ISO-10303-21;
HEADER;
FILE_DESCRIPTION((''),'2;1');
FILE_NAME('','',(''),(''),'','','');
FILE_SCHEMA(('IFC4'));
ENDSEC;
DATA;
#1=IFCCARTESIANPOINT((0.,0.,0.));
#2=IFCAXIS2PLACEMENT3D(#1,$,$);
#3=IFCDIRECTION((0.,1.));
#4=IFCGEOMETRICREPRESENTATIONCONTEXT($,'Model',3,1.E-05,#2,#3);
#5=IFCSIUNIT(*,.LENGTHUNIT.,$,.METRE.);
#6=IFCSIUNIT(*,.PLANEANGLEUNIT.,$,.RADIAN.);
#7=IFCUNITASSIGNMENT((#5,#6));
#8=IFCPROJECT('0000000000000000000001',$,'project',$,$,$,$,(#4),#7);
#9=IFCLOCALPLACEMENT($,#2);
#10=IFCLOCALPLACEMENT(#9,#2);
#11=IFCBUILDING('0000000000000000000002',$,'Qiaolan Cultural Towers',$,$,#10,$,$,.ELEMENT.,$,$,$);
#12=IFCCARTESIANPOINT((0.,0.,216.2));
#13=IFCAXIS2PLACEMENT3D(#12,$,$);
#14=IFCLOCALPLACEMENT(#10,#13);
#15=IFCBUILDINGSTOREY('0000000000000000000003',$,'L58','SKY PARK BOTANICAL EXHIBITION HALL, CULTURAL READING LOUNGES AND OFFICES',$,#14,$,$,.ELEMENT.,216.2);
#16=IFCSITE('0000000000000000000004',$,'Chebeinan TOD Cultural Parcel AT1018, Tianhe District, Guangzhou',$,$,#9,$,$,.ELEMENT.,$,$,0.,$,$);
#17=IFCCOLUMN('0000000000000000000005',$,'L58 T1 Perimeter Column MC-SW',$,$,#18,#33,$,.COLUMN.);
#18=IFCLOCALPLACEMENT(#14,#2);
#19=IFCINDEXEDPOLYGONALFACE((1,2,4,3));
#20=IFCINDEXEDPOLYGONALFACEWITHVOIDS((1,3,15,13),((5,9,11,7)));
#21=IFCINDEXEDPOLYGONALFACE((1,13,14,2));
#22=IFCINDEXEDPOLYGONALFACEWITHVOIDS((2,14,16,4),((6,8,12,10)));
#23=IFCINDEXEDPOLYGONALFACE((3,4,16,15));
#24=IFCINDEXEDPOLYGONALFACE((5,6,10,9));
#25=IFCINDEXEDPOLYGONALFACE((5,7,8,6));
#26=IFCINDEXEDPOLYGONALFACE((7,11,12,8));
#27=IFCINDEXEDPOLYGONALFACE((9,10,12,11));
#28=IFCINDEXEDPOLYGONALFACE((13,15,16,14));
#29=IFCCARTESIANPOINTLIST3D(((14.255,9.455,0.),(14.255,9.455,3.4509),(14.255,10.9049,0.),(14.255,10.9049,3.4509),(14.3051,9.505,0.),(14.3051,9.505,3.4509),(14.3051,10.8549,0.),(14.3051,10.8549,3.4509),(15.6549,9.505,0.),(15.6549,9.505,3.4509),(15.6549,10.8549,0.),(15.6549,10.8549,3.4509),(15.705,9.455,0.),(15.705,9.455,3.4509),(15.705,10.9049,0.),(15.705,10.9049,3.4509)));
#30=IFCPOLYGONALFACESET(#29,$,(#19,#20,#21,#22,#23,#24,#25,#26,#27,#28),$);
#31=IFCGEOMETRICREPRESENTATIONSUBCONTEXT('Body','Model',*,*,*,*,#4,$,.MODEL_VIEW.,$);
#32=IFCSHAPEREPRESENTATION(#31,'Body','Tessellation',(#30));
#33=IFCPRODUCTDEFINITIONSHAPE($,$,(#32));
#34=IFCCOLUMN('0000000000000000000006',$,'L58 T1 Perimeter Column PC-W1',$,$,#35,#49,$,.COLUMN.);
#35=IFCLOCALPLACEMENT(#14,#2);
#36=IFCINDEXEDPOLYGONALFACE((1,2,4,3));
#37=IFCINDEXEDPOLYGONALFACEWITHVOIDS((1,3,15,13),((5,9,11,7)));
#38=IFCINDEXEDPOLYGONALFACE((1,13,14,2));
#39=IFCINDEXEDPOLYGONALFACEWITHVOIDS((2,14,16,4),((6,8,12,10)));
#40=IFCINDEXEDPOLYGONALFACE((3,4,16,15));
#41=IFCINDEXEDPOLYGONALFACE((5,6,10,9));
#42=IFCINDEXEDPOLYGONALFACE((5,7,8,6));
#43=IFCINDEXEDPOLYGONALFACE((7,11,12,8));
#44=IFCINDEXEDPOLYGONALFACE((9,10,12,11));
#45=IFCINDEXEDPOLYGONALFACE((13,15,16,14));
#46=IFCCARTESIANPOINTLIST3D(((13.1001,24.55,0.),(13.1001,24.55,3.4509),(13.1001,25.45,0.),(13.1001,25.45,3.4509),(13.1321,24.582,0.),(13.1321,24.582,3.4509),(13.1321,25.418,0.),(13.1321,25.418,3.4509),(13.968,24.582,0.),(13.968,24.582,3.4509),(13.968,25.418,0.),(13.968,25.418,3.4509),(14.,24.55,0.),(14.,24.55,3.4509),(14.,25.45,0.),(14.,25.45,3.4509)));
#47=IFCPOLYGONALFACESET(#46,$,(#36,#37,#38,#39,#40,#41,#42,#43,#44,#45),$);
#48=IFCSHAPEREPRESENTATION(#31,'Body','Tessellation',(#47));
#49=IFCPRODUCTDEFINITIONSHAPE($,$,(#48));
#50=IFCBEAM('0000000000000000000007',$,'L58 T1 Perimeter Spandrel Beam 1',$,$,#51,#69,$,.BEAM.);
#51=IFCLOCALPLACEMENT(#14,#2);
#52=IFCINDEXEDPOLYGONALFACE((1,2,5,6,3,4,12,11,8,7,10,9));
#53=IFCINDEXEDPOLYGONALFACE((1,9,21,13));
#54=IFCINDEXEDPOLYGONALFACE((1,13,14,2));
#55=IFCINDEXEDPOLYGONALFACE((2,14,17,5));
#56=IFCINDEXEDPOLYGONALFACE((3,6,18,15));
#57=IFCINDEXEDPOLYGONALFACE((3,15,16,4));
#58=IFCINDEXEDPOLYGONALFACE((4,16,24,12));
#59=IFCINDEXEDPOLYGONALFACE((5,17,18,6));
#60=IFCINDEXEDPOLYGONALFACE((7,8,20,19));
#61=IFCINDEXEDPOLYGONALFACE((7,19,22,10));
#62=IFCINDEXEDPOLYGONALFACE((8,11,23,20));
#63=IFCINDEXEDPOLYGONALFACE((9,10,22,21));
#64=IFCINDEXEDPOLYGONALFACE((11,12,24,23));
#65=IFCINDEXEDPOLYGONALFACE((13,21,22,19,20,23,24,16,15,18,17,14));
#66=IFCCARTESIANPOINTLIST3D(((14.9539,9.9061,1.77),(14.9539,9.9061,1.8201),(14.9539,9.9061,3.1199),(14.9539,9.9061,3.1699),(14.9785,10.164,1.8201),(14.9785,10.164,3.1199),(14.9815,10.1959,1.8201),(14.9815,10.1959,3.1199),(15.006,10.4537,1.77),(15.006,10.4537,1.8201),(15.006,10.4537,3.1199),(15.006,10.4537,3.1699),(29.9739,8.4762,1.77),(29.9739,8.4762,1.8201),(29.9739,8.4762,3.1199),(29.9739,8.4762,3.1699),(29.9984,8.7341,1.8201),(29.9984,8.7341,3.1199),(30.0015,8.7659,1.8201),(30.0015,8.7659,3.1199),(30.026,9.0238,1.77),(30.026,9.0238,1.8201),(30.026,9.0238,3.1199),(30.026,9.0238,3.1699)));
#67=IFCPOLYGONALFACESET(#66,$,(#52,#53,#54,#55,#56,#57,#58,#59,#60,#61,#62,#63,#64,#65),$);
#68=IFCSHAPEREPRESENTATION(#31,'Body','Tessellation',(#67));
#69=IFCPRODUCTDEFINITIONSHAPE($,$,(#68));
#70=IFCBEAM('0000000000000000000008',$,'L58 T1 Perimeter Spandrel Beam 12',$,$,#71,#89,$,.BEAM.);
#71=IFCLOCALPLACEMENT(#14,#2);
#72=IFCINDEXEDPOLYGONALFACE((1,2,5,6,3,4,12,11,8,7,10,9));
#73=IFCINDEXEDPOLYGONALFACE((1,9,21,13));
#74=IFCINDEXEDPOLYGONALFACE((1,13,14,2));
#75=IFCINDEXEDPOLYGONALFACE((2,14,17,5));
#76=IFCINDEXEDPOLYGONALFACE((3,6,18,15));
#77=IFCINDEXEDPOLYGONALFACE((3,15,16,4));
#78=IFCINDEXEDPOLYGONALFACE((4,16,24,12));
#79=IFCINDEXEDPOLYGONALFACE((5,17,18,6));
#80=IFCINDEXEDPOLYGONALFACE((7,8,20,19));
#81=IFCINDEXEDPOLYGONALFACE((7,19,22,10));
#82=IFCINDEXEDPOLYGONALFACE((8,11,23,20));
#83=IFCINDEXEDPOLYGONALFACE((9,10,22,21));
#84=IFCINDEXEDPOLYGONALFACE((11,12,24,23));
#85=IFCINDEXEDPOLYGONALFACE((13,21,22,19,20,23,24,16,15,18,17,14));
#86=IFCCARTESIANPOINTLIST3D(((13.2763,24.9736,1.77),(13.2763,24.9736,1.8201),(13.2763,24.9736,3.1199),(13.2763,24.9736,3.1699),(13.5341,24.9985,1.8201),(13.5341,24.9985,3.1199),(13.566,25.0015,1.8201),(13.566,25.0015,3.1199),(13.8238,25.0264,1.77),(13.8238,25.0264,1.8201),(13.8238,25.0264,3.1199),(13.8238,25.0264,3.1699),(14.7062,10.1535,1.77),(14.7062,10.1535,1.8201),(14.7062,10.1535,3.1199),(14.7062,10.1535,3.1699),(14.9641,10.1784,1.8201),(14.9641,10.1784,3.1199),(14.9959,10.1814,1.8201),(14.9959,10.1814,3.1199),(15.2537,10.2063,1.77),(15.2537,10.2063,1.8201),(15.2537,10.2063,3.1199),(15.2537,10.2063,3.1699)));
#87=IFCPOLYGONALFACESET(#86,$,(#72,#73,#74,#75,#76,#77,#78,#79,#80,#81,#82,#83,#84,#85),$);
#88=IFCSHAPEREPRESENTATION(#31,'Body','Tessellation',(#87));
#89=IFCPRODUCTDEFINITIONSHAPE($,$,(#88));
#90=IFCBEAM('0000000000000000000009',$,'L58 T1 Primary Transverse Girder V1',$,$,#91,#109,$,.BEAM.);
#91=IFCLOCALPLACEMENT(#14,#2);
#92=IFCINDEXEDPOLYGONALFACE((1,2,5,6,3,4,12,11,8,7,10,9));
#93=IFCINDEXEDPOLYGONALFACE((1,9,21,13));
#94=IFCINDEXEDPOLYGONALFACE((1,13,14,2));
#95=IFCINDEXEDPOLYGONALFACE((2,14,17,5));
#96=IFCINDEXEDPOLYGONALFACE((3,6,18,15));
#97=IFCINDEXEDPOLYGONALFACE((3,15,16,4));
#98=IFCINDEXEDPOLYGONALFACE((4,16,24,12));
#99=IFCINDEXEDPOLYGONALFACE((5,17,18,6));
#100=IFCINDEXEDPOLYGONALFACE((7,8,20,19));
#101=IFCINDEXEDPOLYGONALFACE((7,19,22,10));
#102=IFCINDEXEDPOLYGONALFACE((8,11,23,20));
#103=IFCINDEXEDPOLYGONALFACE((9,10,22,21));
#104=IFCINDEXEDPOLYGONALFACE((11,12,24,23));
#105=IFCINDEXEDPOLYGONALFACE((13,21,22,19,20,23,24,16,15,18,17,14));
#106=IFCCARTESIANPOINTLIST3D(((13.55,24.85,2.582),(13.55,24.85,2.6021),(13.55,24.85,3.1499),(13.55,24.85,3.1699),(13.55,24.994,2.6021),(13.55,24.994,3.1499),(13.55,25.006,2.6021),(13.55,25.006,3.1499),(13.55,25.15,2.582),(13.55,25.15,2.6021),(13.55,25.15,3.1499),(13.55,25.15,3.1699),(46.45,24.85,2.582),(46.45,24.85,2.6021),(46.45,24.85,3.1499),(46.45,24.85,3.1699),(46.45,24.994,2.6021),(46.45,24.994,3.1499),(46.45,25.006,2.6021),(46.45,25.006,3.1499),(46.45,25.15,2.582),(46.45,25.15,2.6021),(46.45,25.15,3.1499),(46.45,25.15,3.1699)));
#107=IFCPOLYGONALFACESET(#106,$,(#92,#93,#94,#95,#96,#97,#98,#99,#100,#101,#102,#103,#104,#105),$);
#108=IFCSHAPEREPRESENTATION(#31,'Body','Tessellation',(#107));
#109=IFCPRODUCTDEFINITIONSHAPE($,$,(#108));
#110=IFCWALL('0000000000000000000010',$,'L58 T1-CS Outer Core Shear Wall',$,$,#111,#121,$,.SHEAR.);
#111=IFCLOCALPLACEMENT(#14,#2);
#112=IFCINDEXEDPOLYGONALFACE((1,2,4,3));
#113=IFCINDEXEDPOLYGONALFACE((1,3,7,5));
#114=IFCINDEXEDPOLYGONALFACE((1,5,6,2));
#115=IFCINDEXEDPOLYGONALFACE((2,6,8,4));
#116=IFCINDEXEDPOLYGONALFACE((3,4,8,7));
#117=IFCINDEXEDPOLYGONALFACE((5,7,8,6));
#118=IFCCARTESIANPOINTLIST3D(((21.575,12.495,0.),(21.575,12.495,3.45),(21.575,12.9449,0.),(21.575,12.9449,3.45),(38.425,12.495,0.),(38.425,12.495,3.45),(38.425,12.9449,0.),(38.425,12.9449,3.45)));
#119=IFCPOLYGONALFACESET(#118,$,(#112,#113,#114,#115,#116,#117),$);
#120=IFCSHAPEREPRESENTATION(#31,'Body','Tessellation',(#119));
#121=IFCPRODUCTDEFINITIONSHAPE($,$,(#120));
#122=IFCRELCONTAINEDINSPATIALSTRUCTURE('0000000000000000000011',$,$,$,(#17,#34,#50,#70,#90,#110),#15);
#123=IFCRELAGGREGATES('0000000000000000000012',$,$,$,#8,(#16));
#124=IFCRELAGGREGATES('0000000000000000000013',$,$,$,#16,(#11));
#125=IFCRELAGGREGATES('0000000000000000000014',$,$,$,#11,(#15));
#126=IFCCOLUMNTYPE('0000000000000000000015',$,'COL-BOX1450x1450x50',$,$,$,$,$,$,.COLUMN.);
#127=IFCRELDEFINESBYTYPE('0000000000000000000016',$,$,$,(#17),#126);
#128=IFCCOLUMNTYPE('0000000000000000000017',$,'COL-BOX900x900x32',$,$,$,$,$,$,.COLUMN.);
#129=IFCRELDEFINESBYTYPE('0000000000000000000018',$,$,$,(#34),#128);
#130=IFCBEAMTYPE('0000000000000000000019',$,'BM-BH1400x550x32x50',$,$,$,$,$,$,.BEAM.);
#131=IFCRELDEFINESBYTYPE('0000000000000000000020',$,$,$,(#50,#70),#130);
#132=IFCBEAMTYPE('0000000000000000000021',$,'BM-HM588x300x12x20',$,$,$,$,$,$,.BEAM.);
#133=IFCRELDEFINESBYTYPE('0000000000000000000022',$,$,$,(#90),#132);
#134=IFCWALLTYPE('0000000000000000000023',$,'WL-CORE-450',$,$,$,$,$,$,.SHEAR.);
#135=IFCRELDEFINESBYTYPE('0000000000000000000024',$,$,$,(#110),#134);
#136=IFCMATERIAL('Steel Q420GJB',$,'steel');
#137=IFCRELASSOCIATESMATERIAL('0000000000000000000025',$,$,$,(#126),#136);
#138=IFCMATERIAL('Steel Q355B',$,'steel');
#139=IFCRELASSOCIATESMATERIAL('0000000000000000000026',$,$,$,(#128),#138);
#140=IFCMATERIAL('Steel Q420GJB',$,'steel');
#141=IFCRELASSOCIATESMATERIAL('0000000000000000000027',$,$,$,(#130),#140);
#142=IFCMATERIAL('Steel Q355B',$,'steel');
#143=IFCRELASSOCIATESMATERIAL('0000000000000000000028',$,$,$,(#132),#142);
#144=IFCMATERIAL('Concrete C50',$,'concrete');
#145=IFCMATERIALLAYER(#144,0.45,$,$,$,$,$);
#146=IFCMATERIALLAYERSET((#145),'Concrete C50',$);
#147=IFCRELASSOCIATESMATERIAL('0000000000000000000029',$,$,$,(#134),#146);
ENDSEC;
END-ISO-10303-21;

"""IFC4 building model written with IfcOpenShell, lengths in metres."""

from ifc_helpers import new_model, si_unit, direction, frame, frame_2d, origin, origin_2d, place, context, subcontext, project, spatial, rectangle, hollow_rectangle, i_section, extrude, material, layer, layer_set, material_profile, profile_set, type_object, element, save


model = new_model("IFC4")

# Units and contexts
model_context = context("Model", 3, precision=1e-05, world=origin(), true_north=direction((0.0, 1.0)))
body_context = subcontext(model_context, "Body", "Model", "MODEL_VIEW")
ifc_project = project(units=[si_unit("LENGTHUNIT", "METRE"), si_unit("PLANEANGLEUNIT", "RADIAN")], contexts=[model_context])

# Site, building, storey
site_placement = place(None, origin())
site = spatial("IfcSite", under=ifc_project, at=site_placement, Name="Chebeinan TOD Cultural Parcel AT1018, Tianhe District, Guangzhou", CompositionType="ELEMENT", RefElevation=0.0)
building_placement = place(site_placement, origin())
building = spatial("IfcBuilding", under=site, at=building_placement, Name="Qiaolan Cultural Towers", CompositionType="ELEMENT")
storey_placement = place(building_placement, frame((0.0, 0.0, 216.2)))
storey = spatial("IfcBuildingStorey", under=building, at=storey_placement, Name="L58", Description="SKY PARK BOTANICAL EXHIBITION HALL, CULTURAL READING LOUNGES AND OFFICES", CompositionType="ELEMENT", Elevation=216.2)

# Columns
ifc_material_1 = material(Name="Steel Q420GJB", Category="steel")
ifc_material_profile_1 = material_profile(ifc_material_1, hollow_rectangle(XDim=1.45, YDim=1.45, WallThickness=0.05, at=origin_2d()), Name="BOX1450x1450x50")
ifc_profile_set_1 = profile_set([ifc_material_profile_1], Name="Steel Q420GJB")
column_type_1 = type_object("IfcColumnType", Name="COL-BOX1450x1450x50", PredefinedType="COLUMN", material=ifc_profile_set_1)
column_1_placement = place(storey_placement, frame((14.98, 10.1799, 0.0), z_axis=(0.0, 0.0, 1.0), x_axis=(1.0, 0.0, 0.0)))
element("IfcColumn", 1, at=column_1_placement, inside=storey, type_object=column_type_1, Name="L58 T1 Perimeter Column MC-SW", PredefinedType="COLUMN", context=body_context, shape_type="SweptSolid", body=[
    extrude(hollow_rectangle(XDim=1.45, YDim=1.45, WallThickness=0.05, at=origin_2d()), origin(), (0.0, 0.0, 1.0), 3.4509),
])
ifc_material_2 = material(Name="Steel Q355B", Category="steel")
ifc_material_profile_2 = material_profile(ifc_material_2, hollow_rectangle(XDim=0.8999, YDim=0.8999, WallThickness=0.032, at=origin_2d()), Name="BOX900x900x32")
ifc_profile_set_2 = profile_set([ifc_material_profile_2], Name="Steel Q355B")
column_type_2 = type_object("IfcColumnType", Name="COL-BOX900x900x32", PredefinedType="COLUMN", material=ifc_profile_set_2)
column_2_placement = place(storey_placement, frame((13.55, 25.0, 0.0), z_axis=(0.0, 0.0, 1.0), x_axis=(1.0, 0.0, 0.0)))
element("IfcColumn", 2, at=column_2_placement, inside=storey, type_object=column_type_2, Name="L58 T1 Perimeter Column PC-W1", PredefinedType="COLUMN", context=body_context, shape_type="SweptSolid", body=[
    extrude(hollow_rectangle(XDim=0.8999, YDim=0.8999, WallThickness=0.032, at=origin_2d()), origin(), (0.0, 0.0, 1.0), 3.4509),
])

# Beams
ifc_material_3 = material(Name="Steel Q420GJB", Category="steel")
ifc_material_profile_3 = material_profile(ifc_material_3, i_section(OverallWidth=0.55, OverallDepth=1.3999, WebThickness=0.032, FlangeThickness=0.05, at=origin_2d()), Name="BH1400x550x32x50")
ifc_profile_set_3 = profile_set([ifc_material_profile_3], Name="Steel Q420GJB")
beam_type_1 = type_object("IfcBeamType", Name="BM-BH1400x550x32x50", PredefinedType="BEAM", material=ifc_profile_set_3)
beam_1_placement = place(storey_placement, frame((14.98, 10.1799, 2.47), z_axis=(0.995499, -0.094773, 0.0), x_axis=(0.094773, 0.995499, 0.0)))
element("IfcBeam", 3, at=beam_1_placement, inside=storey, type_object=beam_type_1, Name="L58 T1 Perimeter Spandrel Beam 1", PredefinedType="BEAM", context=body_context, shape_type="SweptSolid", body=[
    extrude(i_section(OverallWidth=0.55, OverallDepth=1.3999, WebThickness=0.032, FlangeThickness=0.05, at=origin_2d()), origin(), (0.0, 0.0, 1.0), 15.0879),
])
beam_2_placement = place(storey_placement, frame((13.55, 25.0, 2.47), z_axis=(0.09604, -0.995377, 0.0), x_axis=(0.995377, 0.09604, 0.0)))
element("IfcBeam", 4, at=beam_2_placement, inside=storey, type_object=beam_type_1, Name="L58 T1 Perimeter Spandrel Beam 12", PredefinedType="BEAM", context=body_context, shape_type="SweptSolid", body=[
    extrude(i_section(OverallWidth=0.55, OverallDepth=1.3999, WebThickness=0.032, FlangeThickness=0.05, at=origin_2d()), origin(), (0.0, 0.0, 1.0), 14.8889),
])
ifc_material_4 = material(Name="Steel Q355B", Category="steel")
ifc_material_profile_4 = material_profile(ifc_material_4, i_section(OverallWidth=0.3, OverallDepth=0.5879, WebThickness=0.012, FlangeThickness=0.02, at=origin_2d()), Name="HM588x300x12x20")
ifc_profile_set_4 = profile_set([ifc_material_profile_4], Name="Steel Q355B")
beam_type_2 = type_object("IfcBeamType", Name="BM-HM588x300x12x20", PredefinedType="BEAM", material=ifc_profile_set_4)
beam_3_placement = place(storey_placement, frame((13.55, 25.0, 2.876), z_axis=(1.0, 0.0, 0.0), x_axis=(0.0, 1.0, 0.0)))
element("IfcBeam", 5, at=beam_3_placement, inside=storey, type_object=beam_type_2, Name="L58 T1 Primary Transverse Girder V1", PredefinedType="BEAM", context=body_context, shape_type="SweptSolid", body=[
    extrude(i_section(OverallWidth=0.3, OverallDepth=0.5879, WebThickness=0.012, FlangeThickness=0.02, at=origin_2d()), origin(), (0.0, 0.0, 1.0), 32.8999),
])

# Wall
ifc_material_5 = material(Name="Concrete C50", Category="concrete")
ifc_layer_1 = layer(ifc_material_5, 0.45)
ifc_layer_set_1 = layer_set([ifc_layer_1], Name="Concrete C50")
wall_type_1 = type_object("IfcWallType", Name="WL-CORE-450", PredefinedType="SHEAR", material=ifc_layer_set_1)
wall_1_placement = place(storey_placement, frame((21.575, 12.72, 0.0), z_axis=(0.0, 0.0, 1.0), x_axis=(1.0, 0.0, 0.0)))
element("IfcWall", 6, at=wall_1_placement, inside=storey, type_object=wall_type_1, Name="L58 T1-CS Outer Core Shear Wall", PredefinedType="SHEAR", context=body_context, shape_type="SweptSolid", body=[
    extrude(rectangle(XDim=16.8501, YDim=0.45, at=frame_2d((8.425, 0.0))), origin(), (0.0, 0.0, 1.0), 3.45),
])

save(model, "model.ifc")
